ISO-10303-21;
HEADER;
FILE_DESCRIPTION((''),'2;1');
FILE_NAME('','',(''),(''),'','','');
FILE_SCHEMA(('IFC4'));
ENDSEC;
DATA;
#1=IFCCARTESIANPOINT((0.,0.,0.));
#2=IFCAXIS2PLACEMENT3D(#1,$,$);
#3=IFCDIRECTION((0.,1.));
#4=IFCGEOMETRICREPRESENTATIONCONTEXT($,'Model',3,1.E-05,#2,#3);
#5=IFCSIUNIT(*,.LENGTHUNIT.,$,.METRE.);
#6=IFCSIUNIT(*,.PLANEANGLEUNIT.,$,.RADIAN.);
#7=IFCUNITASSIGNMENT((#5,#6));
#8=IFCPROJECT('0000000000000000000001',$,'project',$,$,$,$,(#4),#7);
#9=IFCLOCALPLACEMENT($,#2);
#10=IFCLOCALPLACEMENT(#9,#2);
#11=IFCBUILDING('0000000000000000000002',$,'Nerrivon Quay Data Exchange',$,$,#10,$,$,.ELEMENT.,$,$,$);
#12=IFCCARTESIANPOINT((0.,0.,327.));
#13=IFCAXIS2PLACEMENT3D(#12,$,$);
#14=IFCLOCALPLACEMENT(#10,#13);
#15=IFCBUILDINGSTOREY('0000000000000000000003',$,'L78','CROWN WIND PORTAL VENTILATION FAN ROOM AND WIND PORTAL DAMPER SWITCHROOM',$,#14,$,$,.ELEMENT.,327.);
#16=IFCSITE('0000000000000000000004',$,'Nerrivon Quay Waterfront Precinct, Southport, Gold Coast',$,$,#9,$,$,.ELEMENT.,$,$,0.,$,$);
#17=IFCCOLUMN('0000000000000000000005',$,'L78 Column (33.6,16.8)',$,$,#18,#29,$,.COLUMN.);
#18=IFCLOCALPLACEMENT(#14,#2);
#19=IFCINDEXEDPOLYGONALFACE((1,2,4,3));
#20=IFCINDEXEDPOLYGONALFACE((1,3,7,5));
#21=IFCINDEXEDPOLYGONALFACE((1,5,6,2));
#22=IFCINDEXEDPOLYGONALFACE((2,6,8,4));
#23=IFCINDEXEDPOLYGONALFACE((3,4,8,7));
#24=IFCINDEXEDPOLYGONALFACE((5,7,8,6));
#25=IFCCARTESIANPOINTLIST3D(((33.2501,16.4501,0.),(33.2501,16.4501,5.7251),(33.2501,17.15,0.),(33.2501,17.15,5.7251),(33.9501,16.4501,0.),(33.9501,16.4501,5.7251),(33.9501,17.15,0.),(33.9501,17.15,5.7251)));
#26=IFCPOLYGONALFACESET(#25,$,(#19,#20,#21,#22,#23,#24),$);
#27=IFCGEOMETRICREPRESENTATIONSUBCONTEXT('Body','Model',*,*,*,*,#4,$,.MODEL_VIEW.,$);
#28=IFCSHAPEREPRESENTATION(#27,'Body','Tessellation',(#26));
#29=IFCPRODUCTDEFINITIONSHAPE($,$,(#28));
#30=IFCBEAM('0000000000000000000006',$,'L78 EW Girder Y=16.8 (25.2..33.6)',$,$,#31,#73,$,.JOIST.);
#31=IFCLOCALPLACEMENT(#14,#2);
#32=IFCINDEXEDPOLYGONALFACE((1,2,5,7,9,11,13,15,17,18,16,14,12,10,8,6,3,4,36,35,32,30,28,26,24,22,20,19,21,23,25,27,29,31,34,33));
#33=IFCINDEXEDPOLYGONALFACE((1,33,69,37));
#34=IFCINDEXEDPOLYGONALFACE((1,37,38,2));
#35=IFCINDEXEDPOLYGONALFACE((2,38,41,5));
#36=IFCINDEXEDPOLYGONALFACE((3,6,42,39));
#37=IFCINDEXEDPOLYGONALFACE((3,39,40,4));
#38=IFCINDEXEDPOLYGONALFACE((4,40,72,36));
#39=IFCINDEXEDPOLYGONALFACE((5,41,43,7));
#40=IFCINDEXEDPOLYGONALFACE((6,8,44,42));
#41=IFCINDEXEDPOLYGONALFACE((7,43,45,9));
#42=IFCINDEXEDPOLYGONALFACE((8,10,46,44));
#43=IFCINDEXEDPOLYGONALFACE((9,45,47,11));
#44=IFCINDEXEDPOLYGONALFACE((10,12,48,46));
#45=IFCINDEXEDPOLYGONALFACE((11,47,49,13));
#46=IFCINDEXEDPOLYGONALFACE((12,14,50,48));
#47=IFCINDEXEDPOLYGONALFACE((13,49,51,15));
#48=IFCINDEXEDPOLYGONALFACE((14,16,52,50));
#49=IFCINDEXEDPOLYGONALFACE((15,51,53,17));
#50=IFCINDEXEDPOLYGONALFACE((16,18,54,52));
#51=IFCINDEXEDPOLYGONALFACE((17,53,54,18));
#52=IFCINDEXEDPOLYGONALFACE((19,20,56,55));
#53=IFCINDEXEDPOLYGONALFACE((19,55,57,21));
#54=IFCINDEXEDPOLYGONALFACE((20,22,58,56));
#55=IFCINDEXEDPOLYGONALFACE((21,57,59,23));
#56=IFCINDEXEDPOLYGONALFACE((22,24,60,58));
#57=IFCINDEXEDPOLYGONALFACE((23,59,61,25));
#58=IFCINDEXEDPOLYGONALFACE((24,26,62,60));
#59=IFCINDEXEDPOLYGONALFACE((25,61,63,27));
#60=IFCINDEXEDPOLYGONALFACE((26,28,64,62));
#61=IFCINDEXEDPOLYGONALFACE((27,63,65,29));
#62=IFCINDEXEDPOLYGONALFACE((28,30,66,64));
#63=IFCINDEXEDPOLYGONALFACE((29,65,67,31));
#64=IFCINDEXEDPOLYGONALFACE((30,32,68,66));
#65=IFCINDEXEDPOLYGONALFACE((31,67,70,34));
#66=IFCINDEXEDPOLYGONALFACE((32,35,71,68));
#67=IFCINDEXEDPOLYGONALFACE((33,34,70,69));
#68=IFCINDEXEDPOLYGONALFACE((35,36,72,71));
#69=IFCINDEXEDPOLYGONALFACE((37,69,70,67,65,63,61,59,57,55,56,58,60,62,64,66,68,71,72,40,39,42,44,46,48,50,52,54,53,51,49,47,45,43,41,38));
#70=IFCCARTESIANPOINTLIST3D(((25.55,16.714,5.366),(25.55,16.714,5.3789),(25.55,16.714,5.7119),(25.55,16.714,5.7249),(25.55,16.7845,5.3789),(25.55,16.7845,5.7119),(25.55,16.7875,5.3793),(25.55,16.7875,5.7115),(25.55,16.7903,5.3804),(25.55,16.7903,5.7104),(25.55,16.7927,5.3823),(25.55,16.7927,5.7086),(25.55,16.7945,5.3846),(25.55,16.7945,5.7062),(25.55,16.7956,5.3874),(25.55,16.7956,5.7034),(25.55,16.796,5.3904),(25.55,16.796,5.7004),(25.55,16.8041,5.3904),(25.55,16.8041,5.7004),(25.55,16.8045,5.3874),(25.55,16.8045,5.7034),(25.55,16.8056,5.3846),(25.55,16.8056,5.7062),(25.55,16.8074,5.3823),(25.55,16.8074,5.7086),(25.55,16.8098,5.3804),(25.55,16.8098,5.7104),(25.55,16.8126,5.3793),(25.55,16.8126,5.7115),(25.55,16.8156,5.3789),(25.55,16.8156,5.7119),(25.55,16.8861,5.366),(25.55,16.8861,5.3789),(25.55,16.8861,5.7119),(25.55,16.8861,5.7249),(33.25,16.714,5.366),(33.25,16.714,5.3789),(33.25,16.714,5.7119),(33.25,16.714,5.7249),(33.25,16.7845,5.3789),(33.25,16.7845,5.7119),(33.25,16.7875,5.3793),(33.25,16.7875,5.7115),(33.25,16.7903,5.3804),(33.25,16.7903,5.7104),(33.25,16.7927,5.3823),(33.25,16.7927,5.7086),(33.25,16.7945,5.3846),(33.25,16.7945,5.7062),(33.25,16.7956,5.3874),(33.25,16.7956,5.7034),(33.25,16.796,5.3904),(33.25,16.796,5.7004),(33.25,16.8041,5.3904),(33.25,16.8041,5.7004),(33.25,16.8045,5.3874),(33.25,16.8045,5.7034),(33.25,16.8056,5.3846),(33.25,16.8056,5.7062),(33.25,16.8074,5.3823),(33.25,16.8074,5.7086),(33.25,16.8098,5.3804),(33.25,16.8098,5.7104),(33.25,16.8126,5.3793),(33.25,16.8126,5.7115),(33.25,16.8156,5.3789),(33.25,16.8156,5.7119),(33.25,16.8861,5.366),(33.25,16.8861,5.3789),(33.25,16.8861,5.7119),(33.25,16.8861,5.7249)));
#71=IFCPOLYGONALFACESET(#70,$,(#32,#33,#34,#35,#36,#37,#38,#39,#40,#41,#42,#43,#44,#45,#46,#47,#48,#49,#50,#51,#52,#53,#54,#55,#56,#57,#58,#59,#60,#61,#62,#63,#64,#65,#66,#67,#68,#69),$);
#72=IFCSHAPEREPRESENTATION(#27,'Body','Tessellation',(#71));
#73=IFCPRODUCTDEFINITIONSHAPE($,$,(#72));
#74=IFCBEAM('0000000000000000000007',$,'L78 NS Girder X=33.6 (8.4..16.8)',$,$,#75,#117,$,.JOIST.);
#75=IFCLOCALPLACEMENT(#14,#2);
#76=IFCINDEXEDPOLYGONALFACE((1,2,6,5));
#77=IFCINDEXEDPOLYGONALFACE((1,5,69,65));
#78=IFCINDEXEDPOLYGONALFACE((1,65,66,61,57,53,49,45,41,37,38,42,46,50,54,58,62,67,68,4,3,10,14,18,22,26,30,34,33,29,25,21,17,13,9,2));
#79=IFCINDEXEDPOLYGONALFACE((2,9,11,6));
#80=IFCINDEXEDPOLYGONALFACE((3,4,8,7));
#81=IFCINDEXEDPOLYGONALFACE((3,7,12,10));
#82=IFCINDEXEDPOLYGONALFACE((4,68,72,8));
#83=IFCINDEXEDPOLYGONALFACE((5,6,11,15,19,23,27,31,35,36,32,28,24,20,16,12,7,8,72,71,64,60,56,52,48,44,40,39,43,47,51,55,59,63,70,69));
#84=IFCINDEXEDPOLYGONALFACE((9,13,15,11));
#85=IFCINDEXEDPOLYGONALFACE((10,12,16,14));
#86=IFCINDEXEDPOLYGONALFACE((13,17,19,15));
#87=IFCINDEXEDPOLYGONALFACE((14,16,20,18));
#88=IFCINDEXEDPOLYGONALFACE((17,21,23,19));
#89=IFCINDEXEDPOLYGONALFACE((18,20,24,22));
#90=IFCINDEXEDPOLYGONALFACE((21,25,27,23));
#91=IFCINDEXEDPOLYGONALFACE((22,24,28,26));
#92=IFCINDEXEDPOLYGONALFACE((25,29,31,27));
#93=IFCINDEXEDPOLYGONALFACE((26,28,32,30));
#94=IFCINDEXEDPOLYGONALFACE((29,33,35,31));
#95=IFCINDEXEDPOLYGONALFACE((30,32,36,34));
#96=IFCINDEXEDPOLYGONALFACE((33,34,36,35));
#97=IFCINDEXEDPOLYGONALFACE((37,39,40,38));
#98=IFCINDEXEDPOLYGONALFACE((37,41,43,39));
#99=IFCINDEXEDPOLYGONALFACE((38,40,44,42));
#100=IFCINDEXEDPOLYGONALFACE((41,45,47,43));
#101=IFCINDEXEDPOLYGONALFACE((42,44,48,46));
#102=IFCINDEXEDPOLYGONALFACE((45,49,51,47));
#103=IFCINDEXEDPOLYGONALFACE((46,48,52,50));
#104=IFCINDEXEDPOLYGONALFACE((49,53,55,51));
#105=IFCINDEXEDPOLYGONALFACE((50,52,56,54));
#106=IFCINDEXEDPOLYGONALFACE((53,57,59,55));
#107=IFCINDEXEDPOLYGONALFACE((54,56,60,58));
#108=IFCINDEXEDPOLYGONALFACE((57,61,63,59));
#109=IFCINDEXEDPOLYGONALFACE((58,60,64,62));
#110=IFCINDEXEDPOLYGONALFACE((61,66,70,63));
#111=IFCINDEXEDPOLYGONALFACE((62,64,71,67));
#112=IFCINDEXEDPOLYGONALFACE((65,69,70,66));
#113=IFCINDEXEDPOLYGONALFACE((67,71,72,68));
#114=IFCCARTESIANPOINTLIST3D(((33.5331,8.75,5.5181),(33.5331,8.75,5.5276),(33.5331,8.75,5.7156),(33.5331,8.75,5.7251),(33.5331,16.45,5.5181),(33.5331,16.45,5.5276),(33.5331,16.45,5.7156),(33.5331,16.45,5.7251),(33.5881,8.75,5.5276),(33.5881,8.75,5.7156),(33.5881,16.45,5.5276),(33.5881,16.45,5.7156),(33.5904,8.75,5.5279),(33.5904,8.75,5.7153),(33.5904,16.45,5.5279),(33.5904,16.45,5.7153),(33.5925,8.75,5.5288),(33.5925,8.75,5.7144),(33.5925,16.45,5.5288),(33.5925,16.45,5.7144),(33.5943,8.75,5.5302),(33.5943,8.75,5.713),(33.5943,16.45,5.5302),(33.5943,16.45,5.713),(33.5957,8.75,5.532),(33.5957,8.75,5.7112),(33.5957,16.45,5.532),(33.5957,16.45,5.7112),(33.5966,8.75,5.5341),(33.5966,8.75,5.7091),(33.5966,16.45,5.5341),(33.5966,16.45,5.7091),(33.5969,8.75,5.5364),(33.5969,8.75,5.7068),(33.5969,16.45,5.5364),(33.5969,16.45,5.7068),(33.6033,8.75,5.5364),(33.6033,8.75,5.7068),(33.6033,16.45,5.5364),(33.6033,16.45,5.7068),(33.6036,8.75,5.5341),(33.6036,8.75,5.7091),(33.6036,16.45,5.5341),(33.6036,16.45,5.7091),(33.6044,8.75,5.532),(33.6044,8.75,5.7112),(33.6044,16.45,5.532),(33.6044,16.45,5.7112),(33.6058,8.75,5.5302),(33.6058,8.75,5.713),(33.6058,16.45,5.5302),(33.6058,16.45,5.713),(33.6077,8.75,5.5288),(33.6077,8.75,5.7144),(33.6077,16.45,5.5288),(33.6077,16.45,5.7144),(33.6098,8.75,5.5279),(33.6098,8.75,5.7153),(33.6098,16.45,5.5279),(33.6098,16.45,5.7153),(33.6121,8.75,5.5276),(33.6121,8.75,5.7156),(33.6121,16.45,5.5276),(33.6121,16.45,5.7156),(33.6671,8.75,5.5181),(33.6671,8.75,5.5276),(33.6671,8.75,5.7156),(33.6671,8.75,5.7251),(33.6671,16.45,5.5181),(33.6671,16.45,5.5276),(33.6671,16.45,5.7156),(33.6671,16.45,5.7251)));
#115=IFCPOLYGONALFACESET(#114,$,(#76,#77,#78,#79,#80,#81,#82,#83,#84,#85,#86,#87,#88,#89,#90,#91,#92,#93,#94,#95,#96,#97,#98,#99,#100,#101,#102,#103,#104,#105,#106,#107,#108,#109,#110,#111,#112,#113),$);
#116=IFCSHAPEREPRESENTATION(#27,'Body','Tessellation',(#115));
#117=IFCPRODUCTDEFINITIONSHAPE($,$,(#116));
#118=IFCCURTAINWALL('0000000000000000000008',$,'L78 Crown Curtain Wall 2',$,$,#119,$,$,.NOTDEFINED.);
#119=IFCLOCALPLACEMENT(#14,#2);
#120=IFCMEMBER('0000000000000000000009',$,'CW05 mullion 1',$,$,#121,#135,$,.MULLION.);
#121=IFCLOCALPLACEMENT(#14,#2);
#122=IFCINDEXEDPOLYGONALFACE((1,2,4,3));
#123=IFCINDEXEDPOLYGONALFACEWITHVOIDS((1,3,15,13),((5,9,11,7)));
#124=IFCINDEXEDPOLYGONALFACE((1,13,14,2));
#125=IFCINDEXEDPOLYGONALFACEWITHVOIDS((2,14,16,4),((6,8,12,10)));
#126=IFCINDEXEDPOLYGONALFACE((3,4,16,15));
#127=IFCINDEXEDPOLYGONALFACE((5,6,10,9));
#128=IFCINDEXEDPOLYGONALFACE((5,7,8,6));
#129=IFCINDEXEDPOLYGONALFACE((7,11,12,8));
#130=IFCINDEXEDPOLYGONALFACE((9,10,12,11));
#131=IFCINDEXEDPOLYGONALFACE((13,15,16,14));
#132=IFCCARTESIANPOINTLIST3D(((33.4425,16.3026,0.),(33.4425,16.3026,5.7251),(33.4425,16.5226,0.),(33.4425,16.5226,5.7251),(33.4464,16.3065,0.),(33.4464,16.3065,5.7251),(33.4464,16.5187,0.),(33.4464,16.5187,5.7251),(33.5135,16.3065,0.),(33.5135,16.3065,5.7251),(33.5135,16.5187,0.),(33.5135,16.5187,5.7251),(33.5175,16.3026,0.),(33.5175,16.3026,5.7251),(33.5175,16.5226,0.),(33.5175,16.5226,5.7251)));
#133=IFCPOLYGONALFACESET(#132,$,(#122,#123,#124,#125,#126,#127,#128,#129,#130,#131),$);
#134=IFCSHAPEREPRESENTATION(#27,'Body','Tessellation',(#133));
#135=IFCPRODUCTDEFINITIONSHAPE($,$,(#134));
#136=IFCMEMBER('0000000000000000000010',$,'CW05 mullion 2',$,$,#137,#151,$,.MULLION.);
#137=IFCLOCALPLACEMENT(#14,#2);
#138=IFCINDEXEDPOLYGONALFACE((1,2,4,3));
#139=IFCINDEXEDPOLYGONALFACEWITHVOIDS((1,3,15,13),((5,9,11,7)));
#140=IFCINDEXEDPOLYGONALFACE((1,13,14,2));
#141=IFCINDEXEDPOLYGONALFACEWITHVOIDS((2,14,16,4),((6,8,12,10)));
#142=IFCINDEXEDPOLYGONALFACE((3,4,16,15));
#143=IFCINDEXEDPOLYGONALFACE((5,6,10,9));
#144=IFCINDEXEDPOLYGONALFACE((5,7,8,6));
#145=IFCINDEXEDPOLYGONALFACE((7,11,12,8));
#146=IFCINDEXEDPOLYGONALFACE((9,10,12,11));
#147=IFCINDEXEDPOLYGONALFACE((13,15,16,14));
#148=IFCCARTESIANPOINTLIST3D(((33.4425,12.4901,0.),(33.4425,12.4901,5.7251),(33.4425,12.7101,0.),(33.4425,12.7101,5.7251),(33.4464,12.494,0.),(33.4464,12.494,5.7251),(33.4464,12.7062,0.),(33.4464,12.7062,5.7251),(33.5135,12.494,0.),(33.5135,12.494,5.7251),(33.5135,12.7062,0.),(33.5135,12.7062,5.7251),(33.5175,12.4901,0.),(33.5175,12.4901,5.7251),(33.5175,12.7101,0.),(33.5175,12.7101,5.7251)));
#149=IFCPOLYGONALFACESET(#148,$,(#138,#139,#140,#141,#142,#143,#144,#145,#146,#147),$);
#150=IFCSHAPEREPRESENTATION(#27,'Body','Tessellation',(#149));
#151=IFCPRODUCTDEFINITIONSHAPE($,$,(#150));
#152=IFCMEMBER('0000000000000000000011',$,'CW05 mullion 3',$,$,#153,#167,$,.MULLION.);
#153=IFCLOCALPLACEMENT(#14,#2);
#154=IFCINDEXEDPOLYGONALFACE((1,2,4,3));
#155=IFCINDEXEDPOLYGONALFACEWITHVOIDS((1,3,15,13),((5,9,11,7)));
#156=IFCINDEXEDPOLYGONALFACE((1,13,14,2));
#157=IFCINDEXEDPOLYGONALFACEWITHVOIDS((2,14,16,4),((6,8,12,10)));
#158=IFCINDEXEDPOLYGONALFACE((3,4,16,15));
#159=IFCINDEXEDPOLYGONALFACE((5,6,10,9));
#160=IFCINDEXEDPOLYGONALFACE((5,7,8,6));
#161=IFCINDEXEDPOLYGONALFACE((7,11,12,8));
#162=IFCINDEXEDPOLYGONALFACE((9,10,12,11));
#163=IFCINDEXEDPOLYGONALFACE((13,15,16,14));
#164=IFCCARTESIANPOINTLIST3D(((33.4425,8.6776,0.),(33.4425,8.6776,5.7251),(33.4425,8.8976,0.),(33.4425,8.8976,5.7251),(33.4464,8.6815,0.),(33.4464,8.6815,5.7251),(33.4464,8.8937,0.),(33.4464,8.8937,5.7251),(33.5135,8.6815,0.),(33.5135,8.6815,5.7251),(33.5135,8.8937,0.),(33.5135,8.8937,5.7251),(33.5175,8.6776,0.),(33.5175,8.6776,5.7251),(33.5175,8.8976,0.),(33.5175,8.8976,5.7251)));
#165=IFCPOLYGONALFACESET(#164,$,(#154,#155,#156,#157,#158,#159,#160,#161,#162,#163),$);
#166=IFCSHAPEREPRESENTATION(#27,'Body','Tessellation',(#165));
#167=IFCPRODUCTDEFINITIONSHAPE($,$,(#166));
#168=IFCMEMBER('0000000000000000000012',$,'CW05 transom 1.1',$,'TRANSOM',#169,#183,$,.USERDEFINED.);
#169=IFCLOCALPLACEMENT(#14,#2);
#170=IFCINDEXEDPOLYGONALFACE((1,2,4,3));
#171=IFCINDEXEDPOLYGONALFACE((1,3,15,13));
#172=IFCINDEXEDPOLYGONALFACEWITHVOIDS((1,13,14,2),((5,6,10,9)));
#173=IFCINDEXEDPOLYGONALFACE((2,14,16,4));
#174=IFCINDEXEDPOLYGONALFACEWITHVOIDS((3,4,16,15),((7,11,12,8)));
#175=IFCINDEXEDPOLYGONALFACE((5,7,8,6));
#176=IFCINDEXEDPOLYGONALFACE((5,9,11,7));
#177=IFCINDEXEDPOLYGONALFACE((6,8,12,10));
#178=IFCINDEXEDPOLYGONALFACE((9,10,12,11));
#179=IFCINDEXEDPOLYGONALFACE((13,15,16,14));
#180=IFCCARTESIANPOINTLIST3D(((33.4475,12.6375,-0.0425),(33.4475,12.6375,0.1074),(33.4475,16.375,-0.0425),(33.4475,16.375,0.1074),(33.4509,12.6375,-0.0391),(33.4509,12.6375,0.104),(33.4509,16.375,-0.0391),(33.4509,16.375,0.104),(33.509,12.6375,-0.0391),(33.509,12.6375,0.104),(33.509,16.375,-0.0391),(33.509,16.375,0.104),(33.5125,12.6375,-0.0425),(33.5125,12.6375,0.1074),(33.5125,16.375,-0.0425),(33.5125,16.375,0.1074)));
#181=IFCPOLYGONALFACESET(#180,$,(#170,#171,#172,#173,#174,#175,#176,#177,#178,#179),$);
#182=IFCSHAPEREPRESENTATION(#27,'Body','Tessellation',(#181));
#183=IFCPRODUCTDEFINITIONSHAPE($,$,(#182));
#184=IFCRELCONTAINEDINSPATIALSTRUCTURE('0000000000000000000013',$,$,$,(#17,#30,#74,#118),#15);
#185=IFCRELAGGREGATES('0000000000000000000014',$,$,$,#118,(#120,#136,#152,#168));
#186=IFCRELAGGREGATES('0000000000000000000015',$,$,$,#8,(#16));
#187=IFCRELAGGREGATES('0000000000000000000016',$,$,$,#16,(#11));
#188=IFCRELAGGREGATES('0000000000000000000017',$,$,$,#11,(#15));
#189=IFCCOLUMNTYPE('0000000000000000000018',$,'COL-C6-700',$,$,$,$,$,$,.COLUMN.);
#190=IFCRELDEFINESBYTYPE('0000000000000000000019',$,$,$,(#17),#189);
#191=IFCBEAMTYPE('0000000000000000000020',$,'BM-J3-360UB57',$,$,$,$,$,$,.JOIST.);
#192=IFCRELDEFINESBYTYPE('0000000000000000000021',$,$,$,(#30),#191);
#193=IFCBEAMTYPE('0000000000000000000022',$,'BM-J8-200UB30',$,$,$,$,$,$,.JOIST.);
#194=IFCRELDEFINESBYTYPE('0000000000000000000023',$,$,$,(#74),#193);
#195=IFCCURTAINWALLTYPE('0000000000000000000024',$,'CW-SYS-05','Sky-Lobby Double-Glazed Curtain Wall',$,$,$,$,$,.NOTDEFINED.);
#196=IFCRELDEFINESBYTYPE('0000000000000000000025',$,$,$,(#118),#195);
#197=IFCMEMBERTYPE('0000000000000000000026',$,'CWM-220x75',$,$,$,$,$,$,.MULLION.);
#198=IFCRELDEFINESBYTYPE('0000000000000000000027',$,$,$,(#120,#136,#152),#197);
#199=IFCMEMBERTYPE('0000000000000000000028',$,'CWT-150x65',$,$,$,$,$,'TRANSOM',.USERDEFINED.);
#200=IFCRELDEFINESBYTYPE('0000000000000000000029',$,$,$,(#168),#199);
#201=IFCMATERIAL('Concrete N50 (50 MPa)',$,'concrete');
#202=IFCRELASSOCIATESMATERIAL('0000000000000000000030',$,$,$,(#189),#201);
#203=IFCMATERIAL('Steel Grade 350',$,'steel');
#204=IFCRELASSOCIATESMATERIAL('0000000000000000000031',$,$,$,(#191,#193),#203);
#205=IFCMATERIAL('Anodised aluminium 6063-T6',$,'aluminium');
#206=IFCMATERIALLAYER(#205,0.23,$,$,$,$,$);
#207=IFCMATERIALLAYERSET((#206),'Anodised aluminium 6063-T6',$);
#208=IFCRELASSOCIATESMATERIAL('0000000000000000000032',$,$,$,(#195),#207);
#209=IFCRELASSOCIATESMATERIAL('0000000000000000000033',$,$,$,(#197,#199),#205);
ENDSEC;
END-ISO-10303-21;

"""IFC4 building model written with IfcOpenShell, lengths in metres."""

from ifc_helpers import new_model, si_unit, direction, frame, origin, origin_2d, place, context, subcontext, project, spatial, rectangle, hollow_rectangle, i_section, extrude, material, layer, layer_set, material_profile, profile_set, type_object, element, aggregate, save


model = new_model("IFC4")

# Units and contexts
model_context = context("Model", 3, precision=1e-05, world=origin(), true_north=direction((0.0, 1.0)))
body_context = subcontext(model_context, "Body", "Model", "MODEL_VIEW")
ifc_project = project(units=[si_unit("LENGTHUNIT", "METRE"), si_unit("PLANEANGLEUNIT", "RADIAN")], contexts=[model_context])

# Site, building, storey
site_placement = place(None, origin())
site = spatial("IfcSite", under=ifc_project, at=site_placement, Name="Nerrivon Quay Waterfront Precinct, Southport, Gold Coast", CompositionType="ELEMENT", RefElevation=0.0)
building_placement = place(site_placement, origin())
building = spatial("IfcBuilding", under=site, at=building_placement, Name="Nerrivon Quay Data Exchange", CompositionType="ELEMENT")
storey_placement = place(building_placement, frame((0.0, 0.0, 327.0)))
storey = spatial("IfcBuildingStorey", under=building, at=storey_placement, Name="L78", Description="CROWN WIND PORTAL VENTILATION FAN ROOM AND WIND PORTAL DAMPER SWITCHROOM", CompositionType="ELEMENT", Elevation=327.0)

# Column
ifc_material_1 = material(Name="Concrete N50 (50 MPa)", Category="concrete")
ifc_material_profile_1 = material_profile(ifc_material_1, rectangle(XDim=0.7, YDim=0.7, at=origin_2d()), Name="RC-COL-700x700")
ifc_profile_set_1 = profile_set([ifc_material_profile_1], Name="Concrete N50 (50 MPa)")
column_type = type_object("IfcColumnType", Name="COL-C6-700", PredefinedType="COLUMN", material=ifc_profile_set_1)
column_placement = place(storey_placement, frame((33.6001, 16.8, 0.0), z_axis=(0.0, 0.0, 1.0), x_axis=(1.0, 0.0, 0.0)))
element("IfcColumn", 1, at=column_placement, inside=storey, type_object=column_type, Name="L78 Column (33.6,16.8)", PredefinedType="COLUMN", context=body_context, shape_type="SweptSolid", body=[
    extrude(rectangle(XDim=0.7, YDim=0.7, at=origin_2d()), origin(), (0.0, 0.0, 1.0), 5.7251),
])

# Beams
ifc_material_2 = material(Name="Steel Grade 350", Category="steel")
ifc_material_profile_2 = material_profile(ifc_material_2, i_section(OverallWidth=0.1721, OverallDepth=0.3589, WebThickness=0.0081, FlangeThickness=0.0129, FilletRadius=0.0115, at=origin_2d()), Name="360UB56.7")
ifc_profile_set_2 = profile_set([ifc_material_profile_2], Name="Steel Grade 350")
beam_type_1 = type_object("IfcBeamType", Name="BM-J3-360UB57", PredefinedType="JOIST", material=ifc_profile_set_2)
beam_1_placement = place(storey_placement, frame((25.55, 16.8, 5.5454), z_axis=(1.0, 0.0, 0.0), x_axis=(0.0, 1.0, 0.0)))
element("IfcBeam", 2, at=beam_1_placement, inside=storey, type_object=beam_type_1, Name="L78 EW Girder Y=16.8 (25.2..33.6)", PredefinedType="JOIST", context=body_context, shape_type="SweptSolid", body=[
    extrude(i_section(OverallWidth=0.1721, OverallDepth=0.3589, WebThickness=0.0081, FlangeThickness=0.0129, FilletRadius=0.0115, at=origin_2d()), origin(), (0.0, 0.0, 1.0), 7.7),
])
ifc_material_profile_3 = material_profile(ifc_material_2, i_section(OverallWidth=0.134, OverallDepth=0.207, WebThickness=0.0063, FlangeThickness=0.0095, FilletRadius=0.0088, at=origin_2d()), Name="200UB29.8")
ifc_profile_set_3 = profile_set([ifc_material_profile_3], Name="Steel Grade 350")
beam_type_2 = type_object("IfcBeamType", Name="BM-J8-200UB30", PredefinedType="JOIST", material=ifc_profile_set_3)
beam_2_placement = place(storey_placement, frame((33.6001, 8.75, 5.6216), z_axis=(0.0, 1.0, 0.0), x_axis=(-1.0, 0.0, 0.0)))
element("IfcBeam", 3, at=beam_2_placement, inside=storey, type_object=beam_type_2, Name="L78 NS Girder X=33.6 (8.4..16.8)", PredefinedType="JOIST", context=body_context, shape_type="SweptSolid", body=[
    extrude(i_section(OverallWidth=0.134, OverallDepth=0.207, WebThickness=0.0063, FlangeThickness=0.0095, FilletRadius=0.0088, at=origin_2d()), origin(), (0.0, 0.0, 1.0), 7.7),
])

# Curtain wall, members
ifc_material_3 = material(Name="Anodised aluminium 6063-T6", Category="aluminium")
ifc_layer_1 = layer(ifc_material_3, 0.23)
ifc_layer_set_1 = layer_set([ifc_layer_1], Name="Anodised aluminium 6063-T6")
curtain_wall_type = type_object("IfcCurtainWallType", Name="CW-SYS-05", Description="Sky-Lobby Double-Glazed Curtain Wall", PredefinedType="NOTDEFINED", material=ifc_layer_set_1)
curtain_wall_placement = place(storey_placement, origin())
curtain_wall = element("IfcCurtainWall", 4, at=curtain_wall_placement, inside=storey, type_object=curtain_wall_type, Name="L78 Crown Curtain Wall 2", PredefinedType="NOTDEFINED")
ifc_material_profile_4 = material_profile(ifc_material_3, hollow_rectangle(XDim=0.075, YDim=0.22, WallThickness=0.0039, at=origin_2d()), Name="ALU-MULL-220x75")
ifc_profile_set_4 = profile_set([ifc_material_profile_4], Name="Anodised aluminium 6063-T6")
member_type_1 = type_object("IfcMemberType", Name="CWM-220x75", PredefinedType="MULLION", material=ifc_profile_set_4)
member_1_placement = place(storey_placement, frame((33.48, 16.4126, 0.0), z_axis=(0.0, 0.0, 1.0), x_axis=(1.0, 0.0, 0.0)))
member_1 = element("IfcMember", 5, at=member_1_placement, type_object=member_type_1, Name="CW05 mullion 1", PredefinedType="MULLION", context=body_context, shape_type="SweptSolid", body=[
    extrude(hollow_rectangle(XDim=0.075, YDim=0.22, WallThickness=0.0039, at=origin_2d()), origin(), (0.0, 0.0, 1.0), 5.7251),
])
member_2_placement = place(storey_placement, frame((33.48, 12.6001, 0.0), z_axis=(0.0, 0.0, 1.0), x_axis=(1.0, 0.0, 0.0)))
member_2 = element("IfcMember", 6, at=member_2_placement, type_object=member_type_1, Name="CW05 mullion 2", PredefinedType="MULLION", context=body_context, shape_type="SweptSolid", body=[
    extrude(hollow_rectangle(XDim=0.075, YDim=0.22, WallThickness=0.0039, at=origin_2d()), origin(), (0.0, 0.0, 1.0), 5.7251),
])
member_3_placement = place(storey_placement, frame((33.48, 8.7876, 0.0), z_axis=(0.0, 0.0, 1.0), x_axis=(1.0, 0.0, 0.0)))
member_3 = element("IfcMember", 7, at=member_3_placement, type_object=member_type_1, Name="CW05 mullion 3", PredefinedType="MULLION", context=body_context, shape_type="SweptSolid", body=[
    extrude(hollow_rectangle(XDim=0.075, YDim=0.22, WallThickness=0.0039, at=origin_2d()), origin(), (0.0, 0.0, 1.0), 5.7251),
])
ifc_material_profile_5 = material_profile(ifc_material_3, hollow_rectangle(XDim=0.0649, YDim=0.1499, WallThickness=0.0034, at=origin_2d()), Name="ALU-TRAN-150x65")
ifc_profile_set_5 = profile_set([ifc_material_profile_5], Name="Anodised aluminium 6063-T6")
member_type_2 = type_object("IfcMemberType", Name="CWT-150x65", ElementType="TRANSOM", PredefinedType="USERDEFINED", material=ifc_profile_set_5)
member_4_placement = place(storey_placement, frame((33.48, 16.375, 0.0325), z_axis=(0.0, -1.0, 0.0), x_axis=(1.0, 0.0, 0.0)))
member_4 = element("IfcMember", 8, at=member_4_placement, type_object=member_type_2, Name="CW05 transom 1.1", ObjectType="TRANSOM", PredefinedType="USERDEFINED", context=body_context, shape_type="SweptSolid", body=[
    extrude(hollow_rectangle(XDim=0.0649, YDim=0.1499, WallThickness=0.0034, at=origin_2d()), origin(), (0.0, 0.0, 1.0), 3.7375),
])
aggregate(curtain_wall, [member_1, member_2, member_3, member_4])

save(model, "model.ifc")
